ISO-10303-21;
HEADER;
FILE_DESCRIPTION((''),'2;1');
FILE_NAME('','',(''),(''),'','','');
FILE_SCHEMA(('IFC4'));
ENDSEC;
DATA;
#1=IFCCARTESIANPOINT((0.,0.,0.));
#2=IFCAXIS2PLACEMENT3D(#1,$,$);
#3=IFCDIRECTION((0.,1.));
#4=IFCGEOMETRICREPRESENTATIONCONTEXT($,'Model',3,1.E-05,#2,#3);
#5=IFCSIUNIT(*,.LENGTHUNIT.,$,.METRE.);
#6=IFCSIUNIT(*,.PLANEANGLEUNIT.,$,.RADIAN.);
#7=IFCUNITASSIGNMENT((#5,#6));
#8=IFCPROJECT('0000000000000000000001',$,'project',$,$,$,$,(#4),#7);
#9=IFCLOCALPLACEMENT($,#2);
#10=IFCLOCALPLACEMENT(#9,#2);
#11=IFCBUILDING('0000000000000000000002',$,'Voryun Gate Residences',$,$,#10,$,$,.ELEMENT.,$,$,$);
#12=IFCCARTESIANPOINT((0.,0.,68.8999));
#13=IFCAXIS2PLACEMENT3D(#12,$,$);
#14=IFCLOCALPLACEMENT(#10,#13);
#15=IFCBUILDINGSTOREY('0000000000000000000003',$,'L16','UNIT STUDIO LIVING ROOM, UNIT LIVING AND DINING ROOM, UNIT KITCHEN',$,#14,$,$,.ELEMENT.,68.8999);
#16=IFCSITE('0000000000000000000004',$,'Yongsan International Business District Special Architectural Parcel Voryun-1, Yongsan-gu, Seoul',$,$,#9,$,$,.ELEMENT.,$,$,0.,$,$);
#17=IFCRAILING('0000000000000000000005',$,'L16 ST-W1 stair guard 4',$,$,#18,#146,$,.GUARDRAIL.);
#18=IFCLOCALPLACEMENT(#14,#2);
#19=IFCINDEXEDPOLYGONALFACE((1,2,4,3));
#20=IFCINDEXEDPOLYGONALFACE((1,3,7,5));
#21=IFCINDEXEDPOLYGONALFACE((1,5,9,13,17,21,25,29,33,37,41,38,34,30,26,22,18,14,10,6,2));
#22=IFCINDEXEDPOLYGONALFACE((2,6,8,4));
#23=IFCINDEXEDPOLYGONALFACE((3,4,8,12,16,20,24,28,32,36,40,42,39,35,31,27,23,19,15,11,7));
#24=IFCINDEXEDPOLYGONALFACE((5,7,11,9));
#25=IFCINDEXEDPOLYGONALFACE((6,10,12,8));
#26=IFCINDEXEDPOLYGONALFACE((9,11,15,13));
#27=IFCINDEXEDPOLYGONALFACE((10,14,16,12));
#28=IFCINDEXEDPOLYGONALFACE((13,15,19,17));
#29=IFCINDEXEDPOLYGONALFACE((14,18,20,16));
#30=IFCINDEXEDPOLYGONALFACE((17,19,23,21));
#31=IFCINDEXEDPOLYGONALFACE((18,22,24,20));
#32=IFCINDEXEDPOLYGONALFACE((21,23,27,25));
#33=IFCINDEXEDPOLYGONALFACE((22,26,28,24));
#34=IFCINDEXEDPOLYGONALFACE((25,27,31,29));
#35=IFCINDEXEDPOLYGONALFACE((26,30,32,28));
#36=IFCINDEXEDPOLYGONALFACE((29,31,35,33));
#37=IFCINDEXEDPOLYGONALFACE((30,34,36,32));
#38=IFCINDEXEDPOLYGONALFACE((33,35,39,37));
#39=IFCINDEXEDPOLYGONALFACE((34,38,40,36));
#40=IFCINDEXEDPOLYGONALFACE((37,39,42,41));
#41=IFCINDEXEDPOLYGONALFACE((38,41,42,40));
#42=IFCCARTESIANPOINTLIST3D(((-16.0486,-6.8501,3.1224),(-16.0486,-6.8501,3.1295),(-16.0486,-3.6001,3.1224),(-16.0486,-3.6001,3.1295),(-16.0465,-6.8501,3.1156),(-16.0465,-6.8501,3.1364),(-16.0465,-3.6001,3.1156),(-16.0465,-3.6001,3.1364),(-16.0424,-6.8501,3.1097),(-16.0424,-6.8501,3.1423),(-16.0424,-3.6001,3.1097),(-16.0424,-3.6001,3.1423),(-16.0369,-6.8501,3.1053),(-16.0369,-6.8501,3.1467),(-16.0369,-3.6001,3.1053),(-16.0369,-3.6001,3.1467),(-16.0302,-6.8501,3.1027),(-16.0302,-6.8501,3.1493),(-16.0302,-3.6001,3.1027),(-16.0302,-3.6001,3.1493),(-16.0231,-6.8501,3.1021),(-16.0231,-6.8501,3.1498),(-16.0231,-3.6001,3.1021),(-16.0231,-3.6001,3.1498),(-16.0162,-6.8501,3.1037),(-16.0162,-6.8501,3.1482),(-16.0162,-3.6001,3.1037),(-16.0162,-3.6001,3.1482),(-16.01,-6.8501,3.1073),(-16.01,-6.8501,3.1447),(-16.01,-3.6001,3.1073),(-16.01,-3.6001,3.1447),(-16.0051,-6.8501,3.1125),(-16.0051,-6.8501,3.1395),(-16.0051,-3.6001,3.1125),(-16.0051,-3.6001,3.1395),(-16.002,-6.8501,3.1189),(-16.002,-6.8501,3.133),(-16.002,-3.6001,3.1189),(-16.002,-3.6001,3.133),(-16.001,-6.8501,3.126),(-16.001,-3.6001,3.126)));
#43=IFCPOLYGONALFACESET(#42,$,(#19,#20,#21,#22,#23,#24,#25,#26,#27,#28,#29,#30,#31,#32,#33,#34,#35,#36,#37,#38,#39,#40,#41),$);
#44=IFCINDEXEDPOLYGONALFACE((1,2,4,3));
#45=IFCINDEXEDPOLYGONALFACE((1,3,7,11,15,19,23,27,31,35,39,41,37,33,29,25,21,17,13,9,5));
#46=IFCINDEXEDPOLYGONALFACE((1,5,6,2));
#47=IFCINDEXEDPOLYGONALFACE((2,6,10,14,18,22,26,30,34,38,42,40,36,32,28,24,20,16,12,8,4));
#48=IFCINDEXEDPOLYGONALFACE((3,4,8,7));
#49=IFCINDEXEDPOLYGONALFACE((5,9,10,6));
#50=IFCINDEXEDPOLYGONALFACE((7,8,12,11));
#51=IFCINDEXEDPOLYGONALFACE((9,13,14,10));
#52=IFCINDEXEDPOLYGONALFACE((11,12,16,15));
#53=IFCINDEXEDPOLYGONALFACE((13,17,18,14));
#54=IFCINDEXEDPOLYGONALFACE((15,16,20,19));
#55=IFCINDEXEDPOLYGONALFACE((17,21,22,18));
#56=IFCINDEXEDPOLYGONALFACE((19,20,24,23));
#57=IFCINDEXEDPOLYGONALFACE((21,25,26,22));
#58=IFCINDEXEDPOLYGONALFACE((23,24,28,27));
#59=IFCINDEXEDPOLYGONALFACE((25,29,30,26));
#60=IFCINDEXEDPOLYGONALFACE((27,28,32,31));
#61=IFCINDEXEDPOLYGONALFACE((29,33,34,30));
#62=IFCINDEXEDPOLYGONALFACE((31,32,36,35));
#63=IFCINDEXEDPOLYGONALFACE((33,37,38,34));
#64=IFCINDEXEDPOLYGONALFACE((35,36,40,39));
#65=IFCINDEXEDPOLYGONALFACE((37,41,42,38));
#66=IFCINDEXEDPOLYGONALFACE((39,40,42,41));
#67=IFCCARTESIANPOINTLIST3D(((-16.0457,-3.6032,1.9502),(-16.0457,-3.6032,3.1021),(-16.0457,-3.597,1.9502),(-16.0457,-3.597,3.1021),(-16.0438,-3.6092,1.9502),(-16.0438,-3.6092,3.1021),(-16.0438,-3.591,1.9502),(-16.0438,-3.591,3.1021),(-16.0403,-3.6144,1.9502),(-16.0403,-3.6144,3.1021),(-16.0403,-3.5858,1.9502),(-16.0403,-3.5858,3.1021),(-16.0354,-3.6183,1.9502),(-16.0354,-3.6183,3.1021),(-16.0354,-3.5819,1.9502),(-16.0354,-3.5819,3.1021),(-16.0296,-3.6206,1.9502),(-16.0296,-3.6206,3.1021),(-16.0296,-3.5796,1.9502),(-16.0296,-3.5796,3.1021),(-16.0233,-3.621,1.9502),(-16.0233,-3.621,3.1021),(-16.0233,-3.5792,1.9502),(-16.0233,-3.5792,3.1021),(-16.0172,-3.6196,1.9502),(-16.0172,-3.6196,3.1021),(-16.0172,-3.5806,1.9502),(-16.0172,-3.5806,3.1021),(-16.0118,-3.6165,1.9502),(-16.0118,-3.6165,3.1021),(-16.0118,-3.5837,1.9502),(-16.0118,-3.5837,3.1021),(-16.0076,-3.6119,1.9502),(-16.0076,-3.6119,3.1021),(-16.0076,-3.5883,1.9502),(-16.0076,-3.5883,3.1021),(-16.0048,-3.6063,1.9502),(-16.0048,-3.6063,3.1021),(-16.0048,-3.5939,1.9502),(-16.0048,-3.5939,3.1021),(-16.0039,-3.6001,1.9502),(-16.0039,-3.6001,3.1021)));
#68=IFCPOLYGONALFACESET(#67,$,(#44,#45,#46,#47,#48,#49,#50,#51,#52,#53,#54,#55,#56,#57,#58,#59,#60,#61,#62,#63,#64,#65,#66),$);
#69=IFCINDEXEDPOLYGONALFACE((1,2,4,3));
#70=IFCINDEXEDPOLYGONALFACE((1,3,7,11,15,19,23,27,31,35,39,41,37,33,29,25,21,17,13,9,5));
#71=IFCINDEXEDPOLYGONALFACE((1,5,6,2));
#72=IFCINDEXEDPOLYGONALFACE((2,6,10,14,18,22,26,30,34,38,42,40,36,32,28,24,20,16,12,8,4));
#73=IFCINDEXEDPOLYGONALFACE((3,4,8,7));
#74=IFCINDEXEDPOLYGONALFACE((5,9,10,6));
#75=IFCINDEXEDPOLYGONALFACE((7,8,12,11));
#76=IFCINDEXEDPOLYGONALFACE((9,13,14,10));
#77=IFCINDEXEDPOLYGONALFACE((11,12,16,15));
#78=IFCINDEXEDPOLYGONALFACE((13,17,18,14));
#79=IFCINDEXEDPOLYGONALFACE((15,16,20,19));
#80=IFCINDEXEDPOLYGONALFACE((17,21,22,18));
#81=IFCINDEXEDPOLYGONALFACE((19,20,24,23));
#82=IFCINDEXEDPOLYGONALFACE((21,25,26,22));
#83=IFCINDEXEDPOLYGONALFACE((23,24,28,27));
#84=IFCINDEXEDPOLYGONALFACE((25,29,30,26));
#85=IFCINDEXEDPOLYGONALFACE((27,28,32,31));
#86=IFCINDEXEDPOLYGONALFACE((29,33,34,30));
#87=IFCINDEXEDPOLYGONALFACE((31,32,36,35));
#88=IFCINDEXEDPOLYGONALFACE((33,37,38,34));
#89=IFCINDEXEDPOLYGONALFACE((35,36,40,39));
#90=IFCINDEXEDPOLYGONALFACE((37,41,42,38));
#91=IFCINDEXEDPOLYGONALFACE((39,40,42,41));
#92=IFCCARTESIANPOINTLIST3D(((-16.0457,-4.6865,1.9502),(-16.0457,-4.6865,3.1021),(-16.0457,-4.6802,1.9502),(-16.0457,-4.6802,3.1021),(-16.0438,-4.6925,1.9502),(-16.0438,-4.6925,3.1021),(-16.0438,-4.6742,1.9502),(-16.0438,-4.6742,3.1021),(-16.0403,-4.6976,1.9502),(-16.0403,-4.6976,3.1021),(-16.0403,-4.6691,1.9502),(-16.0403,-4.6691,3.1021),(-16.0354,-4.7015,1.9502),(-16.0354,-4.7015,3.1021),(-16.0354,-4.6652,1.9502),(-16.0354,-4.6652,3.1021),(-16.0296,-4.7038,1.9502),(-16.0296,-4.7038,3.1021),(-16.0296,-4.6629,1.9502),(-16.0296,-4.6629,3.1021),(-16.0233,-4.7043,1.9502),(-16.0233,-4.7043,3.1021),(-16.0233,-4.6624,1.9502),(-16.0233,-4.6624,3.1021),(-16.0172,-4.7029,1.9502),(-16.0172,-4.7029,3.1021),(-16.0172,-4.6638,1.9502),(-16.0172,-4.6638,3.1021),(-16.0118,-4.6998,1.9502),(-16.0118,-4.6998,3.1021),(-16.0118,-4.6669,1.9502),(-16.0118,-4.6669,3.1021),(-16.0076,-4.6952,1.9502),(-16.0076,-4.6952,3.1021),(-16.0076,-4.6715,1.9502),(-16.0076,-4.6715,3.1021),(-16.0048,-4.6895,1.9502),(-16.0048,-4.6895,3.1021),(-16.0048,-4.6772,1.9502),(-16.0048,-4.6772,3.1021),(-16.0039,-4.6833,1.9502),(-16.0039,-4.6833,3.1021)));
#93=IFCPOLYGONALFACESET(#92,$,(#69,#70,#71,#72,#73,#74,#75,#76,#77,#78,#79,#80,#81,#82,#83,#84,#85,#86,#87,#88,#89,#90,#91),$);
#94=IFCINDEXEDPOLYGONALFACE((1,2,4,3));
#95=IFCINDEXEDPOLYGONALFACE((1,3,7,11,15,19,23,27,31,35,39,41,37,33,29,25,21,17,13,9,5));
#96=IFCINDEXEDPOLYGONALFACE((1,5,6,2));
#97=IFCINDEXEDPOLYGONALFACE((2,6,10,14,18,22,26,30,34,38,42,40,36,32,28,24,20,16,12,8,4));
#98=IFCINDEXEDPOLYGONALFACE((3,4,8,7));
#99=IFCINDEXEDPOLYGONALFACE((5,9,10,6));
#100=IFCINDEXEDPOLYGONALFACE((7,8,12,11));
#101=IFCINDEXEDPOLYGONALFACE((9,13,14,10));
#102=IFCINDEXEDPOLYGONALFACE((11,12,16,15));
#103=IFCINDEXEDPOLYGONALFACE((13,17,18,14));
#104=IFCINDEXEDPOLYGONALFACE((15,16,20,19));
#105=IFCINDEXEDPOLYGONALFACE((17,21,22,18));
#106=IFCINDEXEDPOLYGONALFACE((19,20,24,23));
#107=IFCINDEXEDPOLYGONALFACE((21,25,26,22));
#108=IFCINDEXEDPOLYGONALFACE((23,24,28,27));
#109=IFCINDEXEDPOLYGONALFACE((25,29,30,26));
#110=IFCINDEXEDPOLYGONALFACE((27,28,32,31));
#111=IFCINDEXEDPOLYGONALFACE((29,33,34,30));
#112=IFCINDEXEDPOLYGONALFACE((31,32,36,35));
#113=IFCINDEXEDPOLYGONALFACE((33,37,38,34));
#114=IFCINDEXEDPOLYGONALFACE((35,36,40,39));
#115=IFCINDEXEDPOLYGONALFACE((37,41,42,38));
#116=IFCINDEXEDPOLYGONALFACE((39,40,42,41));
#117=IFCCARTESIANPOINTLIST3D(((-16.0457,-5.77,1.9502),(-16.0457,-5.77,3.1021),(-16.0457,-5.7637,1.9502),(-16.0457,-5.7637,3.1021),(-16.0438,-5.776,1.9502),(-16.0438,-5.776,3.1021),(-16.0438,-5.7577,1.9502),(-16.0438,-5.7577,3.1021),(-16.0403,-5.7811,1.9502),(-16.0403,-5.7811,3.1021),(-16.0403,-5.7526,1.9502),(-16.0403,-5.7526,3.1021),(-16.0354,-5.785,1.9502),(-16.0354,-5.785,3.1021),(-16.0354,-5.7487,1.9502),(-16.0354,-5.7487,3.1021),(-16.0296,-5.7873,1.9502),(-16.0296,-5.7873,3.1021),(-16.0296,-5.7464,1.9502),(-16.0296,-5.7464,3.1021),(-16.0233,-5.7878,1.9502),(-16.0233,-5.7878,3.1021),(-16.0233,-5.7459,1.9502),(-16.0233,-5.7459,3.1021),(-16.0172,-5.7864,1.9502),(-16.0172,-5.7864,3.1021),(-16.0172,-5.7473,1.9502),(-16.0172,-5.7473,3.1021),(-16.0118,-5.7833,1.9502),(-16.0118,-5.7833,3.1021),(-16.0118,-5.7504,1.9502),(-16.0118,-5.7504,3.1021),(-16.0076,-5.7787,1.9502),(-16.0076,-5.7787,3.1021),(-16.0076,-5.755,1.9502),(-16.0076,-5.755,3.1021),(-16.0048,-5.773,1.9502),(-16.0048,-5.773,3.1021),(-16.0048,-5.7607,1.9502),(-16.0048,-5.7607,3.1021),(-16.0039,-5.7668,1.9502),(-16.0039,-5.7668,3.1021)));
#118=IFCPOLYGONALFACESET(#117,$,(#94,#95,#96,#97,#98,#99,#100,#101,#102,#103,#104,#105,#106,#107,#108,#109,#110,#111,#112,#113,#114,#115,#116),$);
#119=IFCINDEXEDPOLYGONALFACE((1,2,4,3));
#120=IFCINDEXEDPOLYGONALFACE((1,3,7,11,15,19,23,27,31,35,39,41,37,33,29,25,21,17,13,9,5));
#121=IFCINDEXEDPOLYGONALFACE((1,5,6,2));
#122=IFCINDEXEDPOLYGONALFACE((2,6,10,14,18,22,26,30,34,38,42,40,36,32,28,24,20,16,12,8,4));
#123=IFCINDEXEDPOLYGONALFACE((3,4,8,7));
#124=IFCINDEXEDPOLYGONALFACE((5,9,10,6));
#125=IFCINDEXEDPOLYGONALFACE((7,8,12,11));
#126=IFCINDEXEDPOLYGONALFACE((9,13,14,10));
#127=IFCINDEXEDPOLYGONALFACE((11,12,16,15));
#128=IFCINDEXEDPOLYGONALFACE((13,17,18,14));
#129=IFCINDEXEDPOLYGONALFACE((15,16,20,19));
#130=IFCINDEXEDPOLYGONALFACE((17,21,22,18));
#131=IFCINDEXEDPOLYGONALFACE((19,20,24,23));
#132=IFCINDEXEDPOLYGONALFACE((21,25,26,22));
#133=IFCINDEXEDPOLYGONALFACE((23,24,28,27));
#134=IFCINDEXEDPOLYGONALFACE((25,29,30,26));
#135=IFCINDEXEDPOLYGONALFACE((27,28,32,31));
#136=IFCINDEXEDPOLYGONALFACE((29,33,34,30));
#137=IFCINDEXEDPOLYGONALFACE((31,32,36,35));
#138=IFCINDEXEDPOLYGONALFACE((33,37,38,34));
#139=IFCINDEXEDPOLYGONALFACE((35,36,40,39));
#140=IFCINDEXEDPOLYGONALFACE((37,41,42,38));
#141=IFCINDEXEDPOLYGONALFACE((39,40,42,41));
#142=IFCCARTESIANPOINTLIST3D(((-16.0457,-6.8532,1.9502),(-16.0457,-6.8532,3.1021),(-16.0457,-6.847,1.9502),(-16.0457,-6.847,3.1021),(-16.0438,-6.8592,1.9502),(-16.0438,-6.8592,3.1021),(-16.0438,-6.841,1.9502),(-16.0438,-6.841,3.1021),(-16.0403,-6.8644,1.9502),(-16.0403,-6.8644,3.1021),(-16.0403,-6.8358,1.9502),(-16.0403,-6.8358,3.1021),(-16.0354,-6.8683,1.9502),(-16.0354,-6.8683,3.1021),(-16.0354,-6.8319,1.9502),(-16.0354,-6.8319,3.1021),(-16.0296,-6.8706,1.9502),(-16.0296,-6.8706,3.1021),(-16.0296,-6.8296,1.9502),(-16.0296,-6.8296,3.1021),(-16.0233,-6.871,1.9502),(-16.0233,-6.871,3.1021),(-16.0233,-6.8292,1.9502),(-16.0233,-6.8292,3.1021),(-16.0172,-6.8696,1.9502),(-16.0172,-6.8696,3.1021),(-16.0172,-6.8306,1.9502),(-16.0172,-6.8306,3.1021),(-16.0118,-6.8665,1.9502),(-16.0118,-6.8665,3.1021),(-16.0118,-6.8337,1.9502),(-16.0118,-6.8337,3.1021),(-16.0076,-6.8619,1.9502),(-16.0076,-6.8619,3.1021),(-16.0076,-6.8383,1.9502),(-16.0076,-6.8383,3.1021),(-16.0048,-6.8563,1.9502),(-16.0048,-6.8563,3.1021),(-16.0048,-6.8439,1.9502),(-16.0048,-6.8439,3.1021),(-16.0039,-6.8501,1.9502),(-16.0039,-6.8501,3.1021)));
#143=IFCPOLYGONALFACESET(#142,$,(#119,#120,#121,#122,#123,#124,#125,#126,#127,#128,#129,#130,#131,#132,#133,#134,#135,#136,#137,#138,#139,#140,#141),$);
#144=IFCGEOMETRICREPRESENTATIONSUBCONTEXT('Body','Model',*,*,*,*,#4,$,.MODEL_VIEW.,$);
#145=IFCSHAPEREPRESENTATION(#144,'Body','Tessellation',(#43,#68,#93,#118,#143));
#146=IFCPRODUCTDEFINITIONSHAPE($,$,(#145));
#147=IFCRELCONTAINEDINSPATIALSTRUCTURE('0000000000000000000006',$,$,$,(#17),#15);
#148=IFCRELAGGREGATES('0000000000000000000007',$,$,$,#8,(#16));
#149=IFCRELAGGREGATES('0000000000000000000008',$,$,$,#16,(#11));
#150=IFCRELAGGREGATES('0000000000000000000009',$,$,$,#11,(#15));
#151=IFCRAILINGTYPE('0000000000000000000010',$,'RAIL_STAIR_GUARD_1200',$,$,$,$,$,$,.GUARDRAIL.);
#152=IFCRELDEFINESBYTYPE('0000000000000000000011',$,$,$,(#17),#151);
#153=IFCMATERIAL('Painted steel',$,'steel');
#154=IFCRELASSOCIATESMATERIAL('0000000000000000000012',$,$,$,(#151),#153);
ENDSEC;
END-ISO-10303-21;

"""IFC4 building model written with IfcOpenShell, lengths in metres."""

from ifc_helpers import new_model, si_unit, direction, frame, origin, origin_2d, place, context, subcontext, project, spatial, circle, extrude, material, type_object, element, save


model = new_model("IFC4")

# Units and contexts
model_context = context("Model", 3, precision=1e-05, world=origin(), true_north=direction((0.0, 1.0)))
body_context = subcontext(model_context, "Body", "Model", "MODEL_VIEW")
ifc_project = project(units=[si_unit("LENGTHUNIT", "METRE"), si_unit("PLANEANGLEUNIT", "RADIAN")], contexts=[model_context])

# Site, building, storey
site_placement = place(None, origin())
site = spatial("IfcSite", under=ifc_project, at=site_placement, Name="Yongsan International Business District Special Architectural Parcel Voryun-1, Yongsan-gu, Seoul", CompositionType="ELEMENT", RefElevation=0.0)
building_placement = place(site_placement, origin())
building = spatial("IfcBuilding", under=site, at=building_placement, Name="Voryun Gate Residences", CompositionType="ELEMENT")
storey_placement = place(building_placement, frame((0.0, 0.0, 68.8999)))
storey = spatial("IfcBuildingStorey", under=building, at=storey_placement, Name="L16", Description="UNIT STUDIO LIVING ROOM, UNIT LIVING AND DINING ROOM, UNIT KITCHEN", CompositionType="ELEMENT", Elevation=68.8999)

# Railing
ifc_material_1 = material(Name="Painted steel", Category="steel")
railing_type_1 = type_object("IfcRailingType", Name="RAIL_STAIR_GUARD_1200", PredefinedType="GUARDRAIL", material=ifc_material_1)
for number, where, name in (
    (1, (-16.0249, -3.6001, 1.9502), "L16 ST-W1 stair guard 4"),
):
    element("IfcRailing", number, at=place(storey_placement, frame(where)), inside=storey, type_object=railing_type_1, Name=name, PredefinedType="GUARDRAIL", context=body_context, shape_type="SweptSolid", body=[
        extrude(circle(Radius=0.0239, at=origin_2d()), frame((0.0, 0.0, 1.1758), z_axis=(0.0, -1.0, 0.0), x_axis=(1.0, 0.0, 0.0)), (0.0, 0.0, 1.0), 3.25),
        extrude(circle(Radius=0.021, at=origin_2d()), origin(), (0.0, 0.0, 1.0), 1.1519),
        extrude(circle(Radius=0.021, at=origin_2d()), frame((0.0, -1.0833, 0.0)), (0.0, 0.0, 1.0), 1.1519),
        extrude(circle(Radius=0.021, at=origin_2d()), frame((0.0, -2.1667, 0.0)), (0.0, 0.0, 1.0), 1.1519),
        extrude(circle(Radius=0.021, at=origin_2d()), frame((0.0, -3.25, 0.0)), (0.0, 0.0, 1.0), 1.1519),
    ])

save(model, "model.ifc")
